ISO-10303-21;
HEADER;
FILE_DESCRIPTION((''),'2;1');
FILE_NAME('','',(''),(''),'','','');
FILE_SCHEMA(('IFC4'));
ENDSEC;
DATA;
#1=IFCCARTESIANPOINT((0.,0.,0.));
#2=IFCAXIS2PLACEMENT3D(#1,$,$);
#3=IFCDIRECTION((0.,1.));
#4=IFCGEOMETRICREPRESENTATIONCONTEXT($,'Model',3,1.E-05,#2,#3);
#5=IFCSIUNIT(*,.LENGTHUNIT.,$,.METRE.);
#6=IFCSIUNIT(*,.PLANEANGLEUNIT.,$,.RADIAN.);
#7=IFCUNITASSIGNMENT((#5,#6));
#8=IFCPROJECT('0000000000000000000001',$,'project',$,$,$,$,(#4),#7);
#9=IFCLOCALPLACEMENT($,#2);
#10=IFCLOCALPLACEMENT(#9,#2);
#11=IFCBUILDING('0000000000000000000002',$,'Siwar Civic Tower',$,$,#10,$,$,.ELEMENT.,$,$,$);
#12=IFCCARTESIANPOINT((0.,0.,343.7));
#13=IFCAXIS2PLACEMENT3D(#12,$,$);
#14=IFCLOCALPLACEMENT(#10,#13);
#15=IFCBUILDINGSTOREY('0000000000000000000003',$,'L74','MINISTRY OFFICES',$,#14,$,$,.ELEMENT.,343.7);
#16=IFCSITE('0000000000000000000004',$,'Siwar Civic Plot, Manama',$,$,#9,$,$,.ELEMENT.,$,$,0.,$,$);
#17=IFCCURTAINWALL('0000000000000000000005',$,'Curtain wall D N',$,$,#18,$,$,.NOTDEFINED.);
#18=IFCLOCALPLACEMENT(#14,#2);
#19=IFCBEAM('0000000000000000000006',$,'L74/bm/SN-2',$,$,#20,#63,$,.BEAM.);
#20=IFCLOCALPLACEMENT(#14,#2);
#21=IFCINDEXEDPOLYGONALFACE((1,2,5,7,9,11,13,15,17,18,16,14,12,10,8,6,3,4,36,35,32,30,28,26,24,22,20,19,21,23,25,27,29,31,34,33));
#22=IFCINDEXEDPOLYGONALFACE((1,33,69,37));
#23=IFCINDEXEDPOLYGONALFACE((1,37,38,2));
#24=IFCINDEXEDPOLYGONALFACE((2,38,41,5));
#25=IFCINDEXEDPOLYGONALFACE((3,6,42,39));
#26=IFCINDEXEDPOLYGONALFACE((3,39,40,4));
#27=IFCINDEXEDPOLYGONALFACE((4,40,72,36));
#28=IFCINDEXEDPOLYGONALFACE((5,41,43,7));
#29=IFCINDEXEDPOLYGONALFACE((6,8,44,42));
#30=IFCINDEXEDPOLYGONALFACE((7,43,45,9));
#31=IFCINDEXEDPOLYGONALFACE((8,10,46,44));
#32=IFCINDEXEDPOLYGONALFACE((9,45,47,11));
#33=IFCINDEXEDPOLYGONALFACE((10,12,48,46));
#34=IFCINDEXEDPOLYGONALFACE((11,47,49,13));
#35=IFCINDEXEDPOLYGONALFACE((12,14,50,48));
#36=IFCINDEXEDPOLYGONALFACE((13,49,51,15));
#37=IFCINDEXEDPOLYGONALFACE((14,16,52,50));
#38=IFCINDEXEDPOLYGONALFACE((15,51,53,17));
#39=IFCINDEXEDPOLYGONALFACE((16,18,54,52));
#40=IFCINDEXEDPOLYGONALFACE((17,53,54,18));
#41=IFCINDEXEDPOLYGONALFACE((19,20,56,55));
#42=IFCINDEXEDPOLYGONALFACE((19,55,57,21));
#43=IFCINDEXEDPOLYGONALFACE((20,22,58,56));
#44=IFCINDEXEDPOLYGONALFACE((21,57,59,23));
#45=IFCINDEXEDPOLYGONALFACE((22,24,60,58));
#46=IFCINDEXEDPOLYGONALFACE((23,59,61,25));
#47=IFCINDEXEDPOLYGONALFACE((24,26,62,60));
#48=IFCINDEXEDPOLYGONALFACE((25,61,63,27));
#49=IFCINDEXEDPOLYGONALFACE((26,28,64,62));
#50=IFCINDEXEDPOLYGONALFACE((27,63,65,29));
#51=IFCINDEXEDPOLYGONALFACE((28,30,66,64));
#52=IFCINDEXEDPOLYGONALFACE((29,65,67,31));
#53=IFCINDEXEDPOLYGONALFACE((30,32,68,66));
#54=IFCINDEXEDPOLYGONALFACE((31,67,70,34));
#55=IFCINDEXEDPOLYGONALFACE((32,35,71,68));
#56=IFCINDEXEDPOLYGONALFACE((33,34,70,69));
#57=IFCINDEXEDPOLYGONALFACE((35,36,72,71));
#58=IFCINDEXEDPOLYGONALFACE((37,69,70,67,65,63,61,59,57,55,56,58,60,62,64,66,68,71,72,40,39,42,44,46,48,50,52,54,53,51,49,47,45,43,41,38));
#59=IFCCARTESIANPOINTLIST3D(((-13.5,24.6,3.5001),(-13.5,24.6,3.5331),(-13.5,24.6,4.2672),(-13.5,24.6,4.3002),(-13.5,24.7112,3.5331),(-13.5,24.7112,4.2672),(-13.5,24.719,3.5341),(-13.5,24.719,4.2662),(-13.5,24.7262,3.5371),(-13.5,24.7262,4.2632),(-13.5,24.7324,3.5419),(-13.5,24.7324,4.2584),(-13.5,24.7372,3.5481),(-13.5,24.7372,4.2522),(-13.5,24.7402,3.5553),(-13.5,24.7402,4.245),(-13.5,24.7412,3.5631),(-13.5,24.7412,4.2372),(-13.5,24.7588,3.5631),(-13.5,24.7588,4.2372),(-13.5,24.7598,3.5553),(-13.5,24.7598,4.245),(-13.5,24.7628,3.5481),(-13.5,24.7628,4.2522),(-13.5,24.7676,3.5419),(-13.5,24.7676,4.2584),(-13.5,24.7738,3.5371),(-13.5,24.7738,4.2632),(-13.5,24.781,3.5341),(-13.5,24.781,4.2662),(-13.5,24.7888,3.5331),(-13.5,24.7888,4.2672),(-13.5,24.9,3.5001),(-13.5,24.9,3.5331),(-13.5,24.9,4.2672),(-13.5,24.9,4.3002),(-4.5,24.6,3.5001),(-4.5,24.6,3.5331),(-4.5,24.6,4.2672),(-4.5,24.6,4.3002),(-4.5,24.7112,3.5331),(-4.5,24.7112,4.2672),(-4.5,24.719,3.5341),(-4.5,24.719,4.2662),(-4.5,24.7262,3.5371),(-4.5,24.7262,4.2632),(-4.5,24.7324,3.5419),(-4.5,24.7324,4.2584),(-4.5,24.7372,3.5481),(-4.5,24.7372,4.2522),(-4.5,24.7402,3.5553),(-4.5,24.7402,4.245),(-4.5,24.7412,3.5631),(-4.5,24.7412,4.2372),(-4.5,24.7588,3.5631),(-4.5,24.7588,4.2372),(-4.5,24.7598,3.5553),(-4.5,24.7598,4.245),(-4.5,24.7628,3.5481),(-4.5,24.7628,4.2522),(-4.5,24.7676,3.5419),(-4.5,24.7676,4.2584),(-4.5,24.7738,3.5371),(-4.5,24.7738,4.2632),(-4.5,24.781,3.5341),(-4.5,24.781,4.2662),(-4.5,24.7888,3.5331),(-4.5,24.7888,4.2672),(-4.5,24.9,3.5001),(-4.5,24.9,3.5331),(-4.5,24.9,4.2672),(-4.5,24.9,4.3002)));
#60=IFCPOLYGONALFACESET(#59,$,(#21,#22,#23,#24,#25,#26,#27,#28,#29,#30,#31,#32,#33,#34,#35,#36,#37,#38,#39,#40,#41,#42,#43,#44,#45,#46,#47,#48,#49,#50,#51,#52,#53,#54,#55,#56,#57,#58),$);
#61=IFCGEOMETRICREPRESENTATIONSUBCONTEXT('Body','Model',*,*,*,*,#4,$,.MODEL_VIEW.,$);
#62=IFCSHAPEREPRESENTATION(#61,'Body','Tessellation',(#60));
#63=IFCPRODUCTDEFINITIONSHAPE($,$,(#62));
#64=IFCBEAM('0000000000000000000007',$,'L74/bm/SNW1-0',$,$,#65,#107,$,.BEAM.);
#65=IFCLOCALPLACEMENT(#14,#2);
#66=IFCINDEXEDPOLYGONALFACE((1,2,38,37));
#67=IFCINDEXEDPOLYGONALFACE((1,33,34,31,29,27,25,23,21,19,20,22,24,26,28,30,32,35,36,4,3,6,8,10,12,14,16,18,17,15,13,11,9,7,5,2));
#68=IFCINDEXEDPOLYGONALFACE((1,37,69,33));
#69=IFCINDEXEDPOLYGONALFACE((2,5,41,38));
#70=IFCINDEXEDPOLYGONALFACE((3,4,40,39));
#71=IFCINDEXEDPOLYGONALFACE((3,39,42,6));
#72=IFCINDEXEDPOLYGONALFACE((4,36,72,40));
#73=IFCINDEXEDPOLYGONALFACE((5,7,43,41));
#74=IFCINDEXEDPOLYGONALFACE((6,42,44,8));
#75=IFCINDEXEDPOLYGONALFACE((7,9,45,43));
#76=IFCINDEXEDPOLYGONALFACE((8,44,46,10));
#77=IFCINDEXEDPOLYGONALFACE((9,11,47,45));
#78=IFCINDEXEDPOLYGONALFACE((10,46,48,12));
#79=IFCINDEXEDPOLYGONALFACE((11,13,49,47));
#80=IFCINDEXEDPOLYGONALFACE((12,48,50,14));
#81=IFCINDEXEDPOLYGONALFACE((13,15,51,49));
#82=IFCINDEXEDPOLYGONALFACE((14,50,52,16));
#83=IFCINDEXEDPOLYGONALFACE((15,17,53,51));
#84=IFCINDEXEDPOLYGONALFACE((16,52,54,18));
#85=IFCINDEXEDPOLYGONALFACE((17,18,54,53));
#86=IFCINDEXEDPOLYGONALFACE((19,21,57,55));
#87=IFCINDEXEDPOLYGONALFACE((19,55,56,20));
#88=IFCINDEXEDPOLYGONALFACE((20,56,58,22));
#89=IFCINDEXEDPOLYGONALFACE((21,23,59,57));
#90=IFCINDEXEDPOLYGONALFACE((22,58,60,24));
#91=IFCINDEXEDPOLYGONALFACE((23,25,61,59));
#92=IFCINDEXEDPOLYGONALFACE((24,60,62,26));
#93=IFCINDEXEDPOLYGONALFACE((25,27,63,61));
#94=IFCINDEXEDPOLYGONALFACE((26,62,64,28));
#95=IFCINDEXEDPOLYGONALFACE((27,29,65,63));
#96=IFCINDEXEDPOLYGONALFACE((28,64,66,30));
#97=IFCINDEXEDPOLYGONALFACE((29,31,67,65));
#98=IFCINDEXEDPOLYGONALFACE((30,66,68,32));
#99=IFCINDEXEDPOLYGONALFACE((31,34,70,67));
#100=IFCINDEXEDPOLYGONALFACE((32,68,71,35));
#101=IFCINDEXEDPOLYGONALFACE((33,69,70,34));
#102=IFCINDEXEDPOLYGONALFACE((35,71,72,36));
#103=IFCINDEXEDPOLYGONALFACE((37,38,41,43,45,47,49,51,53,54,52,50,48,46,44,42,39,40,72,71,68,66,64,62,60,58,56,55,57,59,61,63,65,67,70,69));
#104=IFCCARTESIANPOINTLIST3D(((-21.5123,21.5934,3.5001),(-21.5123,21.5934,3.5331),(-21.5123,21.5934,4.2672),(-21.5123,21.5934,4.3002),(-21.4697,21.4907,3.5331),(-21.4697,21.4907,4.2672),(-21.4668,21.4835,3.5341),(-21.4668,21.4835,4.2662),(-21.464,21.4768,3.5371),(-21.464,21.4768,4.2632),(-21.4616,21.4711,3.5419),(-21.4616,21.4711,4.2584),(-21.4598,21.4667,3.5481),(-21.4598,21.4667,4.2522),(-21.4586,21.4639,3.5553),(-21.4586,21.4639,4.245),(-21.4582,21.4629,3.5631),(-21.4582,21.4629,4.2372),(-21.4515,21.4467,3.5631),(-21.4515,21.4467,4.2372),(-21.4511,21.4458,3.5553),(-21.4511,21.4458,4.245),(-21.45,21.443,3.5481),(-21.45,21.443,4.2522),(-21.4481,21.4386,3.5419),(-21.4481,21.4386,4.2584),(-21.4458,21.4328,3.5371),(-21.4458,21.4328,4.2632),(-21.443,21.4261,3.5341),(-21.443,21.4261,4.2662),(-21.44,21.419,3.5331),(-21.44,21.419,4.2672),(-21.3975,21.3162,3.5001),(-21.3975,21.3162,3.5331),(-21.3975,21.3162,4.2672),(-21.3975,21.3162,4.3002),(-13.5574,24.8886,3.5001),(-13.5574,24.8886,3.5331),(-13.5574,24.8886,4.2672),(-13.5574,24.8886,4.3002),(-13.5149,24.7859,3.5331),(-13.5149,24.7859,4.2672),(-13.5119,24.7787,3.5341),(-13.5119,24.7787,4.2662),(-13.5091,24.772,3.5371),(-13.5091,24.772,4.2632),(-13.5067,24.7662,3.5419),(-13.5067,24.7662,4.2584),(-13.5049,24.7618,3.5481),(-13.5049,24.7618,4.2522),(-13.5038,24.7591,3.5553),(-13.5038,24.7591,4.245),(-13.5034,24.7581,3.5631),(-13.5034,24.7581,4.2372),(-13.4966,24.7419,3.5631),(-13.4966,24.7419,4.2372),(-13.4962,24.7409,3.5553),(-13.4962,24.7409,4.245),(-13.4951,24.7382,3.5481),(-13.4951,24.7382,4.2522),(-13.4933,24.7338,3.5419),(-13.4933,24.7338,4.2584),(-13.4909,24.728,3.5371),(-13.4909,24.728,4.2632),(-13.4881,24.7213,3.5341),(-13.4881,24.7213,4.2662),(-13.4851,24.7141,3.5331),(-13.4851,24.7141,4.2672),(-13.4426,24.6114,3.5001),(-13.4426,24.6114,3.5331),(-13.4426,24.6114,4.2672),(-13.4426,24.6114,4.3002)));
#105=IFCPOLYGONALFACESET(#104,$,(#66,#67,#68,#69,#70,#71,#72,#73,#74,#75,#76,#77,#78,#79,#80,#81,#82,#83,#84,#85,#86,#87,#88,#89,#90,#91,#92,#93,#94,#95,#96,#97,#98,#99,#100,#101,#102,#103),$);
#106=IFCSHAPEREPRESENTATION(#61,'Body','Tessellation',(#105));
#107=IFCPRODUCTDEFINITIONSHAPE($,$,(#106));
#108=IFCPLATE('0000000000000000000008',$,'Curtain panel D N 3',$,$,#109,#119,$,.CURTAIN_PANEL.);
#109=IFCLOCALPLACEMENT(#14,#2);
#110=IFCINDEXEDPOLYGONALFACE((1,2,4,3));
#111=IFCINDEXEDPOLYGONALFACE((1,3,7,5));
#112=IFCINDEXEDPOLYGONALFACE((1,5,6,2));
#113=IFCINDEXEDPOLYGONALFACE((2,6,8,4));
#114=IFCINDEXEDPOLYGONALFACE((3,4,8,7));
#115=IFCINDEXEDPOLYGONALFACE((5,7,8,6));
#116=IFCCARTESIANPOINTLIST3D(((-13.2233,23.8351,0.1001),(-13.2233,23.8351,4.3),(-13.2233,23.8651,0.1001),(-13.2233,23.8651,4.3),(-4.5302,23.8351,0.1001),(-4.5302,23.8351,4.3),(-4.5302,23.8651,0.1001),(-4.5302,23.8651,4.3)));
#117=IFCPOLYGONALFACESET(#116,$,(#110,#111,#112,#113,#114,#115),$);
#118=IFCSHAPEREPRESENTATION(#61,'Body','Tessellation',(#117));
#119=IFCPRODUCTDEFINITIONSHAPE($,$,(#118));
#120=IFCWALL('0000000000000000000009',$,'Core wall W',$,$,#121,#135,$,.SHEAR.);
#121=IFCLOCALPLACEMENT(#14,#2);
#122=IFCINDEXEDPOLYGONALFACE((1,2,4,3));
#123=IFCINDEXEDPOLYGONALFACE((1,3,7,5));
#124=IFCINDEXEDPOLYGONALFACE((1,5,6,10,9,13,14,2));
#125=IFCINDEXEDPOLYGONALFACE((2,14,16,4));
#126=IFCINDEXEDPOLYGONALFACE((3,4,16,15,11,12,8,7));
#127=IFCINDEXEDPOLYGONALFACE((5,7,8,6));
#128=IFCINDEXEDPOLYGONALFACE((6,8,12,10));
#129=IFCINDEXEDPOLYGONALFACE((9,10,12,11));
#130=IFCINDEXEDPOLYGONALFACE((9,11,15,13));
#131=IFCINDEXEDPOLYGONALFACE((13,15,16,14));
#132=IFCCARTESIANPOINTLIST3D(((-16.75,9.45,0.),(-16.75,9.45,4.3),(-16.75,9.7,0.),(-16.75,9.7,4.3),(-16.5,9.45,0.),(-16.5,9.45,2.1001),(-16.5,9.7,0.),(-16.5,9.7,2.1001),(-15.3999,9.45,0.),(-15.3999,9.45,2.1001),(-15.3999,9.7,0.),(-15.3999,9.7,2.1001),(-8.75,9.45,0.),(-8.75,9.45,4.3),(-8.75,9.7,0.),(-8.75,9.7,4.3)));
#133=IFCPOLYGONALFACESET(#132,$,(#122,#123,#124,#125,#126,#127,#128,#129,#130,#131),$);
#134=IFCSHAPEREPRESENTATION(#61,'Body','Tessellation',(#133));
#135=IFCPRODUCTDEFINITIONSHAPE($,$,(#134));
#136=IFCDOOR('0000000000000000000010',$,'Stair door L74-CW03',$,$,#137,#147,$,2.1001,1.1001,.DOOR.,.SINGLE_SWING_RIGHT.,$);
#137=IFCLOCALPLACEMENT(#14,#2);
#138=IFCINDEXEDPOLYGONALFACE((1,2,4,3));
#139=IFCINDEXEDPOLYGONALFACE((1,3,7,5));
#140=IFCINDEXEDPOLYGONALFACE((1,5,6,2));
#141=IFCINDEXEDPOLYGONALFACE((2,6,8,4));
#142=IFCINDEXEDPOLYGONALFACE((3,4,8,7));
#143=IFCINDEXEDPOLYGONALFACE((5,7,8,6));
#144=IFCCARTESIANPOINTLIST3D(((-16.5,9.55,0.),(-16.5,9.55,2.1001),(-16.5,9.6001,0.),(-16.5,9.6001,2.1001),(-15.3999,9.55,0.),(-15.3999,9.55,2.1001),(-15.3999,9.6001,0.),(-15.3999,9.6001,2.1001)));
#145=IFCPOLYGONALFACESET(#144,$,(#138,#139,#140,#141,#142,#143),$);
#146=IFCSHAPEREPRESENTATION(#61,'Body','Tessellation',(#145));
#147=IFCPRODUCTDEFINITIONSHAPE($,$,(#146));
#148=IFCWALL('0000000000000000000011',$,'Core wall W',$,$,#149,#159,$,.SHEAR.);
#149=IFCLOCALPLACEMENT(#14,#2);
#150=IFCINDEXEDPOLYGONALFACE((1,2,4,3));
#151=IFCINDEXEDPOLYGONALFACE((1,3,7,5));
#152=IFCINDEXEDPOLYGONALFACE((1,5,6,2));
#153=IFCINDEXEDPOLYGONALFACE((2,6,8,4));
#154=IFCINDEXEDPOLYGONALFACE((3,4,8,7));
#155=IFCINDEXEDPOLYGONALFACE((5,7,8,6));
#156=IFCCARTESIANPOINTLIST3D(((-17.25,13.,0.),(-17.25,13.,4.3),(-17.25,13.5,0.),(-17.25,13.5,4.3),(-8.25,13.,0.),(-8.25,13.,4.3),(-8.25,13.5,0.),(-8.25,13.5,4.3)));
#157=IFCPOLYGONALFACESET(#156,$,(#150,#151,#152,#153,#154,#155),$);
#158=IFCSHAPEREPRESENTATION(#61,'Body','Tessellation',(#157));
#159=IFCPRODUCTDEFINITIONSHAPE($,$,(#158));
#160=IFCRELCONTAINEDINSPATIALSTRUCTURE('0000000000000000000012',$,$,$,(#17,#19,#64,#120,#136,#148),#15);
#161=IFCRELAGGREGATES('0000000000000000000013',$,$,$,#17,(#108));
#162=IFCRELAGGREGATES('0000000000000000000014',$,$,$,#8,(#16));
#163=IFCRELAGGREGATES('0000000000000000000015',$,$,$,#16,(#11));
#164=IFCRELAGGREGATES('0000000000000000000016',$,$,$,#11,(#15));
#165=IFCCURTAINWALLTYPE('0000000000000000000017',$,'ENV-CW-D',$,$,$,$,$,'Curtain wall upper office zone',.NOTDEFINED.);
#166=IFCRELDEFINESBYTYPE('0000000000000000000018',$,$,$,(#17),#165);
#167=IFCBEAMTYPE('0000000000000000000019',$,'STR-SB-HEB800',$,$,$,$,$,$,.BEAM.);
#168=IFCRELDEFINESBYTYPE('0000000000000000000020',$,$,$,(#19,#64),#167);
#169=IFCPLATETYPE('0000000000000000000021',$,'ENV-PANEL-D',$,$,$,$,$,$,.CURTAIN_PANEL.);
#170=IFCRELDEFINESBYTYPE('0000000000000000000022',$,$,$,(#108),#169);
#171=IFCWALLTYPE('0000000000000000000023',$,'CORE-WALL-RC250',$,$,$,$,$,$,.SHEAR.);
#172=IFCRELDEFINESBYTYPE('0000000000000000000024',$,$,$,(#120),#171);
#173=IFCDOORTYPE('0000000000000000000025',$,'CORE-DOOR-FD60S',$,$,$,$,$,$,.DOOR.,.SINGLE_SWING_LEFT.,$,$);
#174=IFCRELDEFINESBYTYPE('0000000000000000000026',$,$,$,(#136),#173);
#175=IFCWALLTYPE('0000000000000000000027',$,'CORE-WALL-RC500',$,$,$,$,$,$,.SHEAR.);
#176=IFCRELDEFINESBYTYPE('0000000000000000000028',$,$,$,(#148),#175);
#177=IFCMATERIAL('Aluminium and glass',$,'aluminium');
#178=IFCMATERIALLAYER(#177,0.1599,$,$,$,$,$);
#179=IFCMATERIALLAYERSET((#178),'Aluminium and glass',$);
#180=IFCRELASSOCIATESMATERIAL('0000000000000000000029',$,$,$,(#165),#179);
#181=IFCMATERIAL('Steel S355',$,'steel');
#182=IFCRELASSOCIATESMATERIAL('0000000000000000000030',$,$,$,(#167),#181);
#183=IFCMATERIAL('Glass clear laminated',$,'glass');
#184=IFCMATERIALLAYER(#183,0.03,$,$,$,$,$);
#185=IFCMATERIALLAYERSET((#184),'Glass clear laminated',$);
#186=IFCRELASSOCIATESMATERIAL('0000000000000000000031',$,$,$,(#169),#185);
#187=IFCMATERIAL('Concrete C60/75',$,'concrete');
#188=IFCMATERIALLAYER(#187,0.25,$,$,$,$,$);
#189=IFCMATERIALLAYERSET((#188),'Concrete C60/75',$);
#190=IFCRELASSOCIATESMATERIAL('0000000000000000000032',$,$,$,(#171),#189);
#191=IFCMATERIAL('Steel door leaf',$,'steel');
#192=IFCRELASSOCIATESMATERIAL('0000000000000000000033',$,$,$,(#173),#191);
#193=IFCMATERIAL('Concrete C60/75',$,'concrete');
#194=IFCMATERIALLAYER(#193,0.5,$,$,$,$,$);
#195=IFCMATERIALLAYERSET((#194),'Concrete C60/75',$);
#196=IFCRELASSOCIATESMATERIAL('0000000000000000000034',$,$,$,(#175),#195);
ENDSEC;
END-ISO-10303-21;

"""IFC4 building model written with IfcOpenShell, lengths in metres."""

from ifc_helpers import new_model, si_unit, direction, frame, frame_2d, origin, origin_2d, place, context, subcontext, project, spatial, rectangle, i_section, extrude, material, layer, layer_set, material_profile, profile_set, type_object, element, fill, aggregate, save


model = new_model("IFC4")

# Units and contexts
model_context = context("Model", 3, precision=1e-05, world=origin(), true_north=direction((0.0, 1.0)))
body_context = subcontext(model_context, "Body", "Model", "MODEL_VIEW")
ifc_project = project(units=[si_unit("LENGTHUNIT", "METRE"), si_unit("PLANEANGLEUNIT", "RADIAN")], contexts=[model_context])

# Site, building, storey
site_placement = place(None, origin())
site = spatial("IfcSite", under=ifc_project, at=site_placement, Name="Siwar Civic Plot, Manama", CompositionType="ELEMENT", RefElevation=0.0)
building_placement = place(site_placement, origin())
building = spatial("IfcBuilding", under=site, at=building_placement, Name="Siwar Civic Tower", CompositionType="ELEMENT")
storey_placement = place(building_placement, frame((0.0, 0.0, 343.7)))
storey = spatial("IfcBuildingStorey", under=building, at=storey_placement, Name="L74", Description="MINISTRY OFFICES", CompositionType="ELEMENT", Elevation=343.7)

# Curtain wall
ifc_material_1 = material(Name="Aluminium and glass", Category="aluminium")
ifc_layer_1 = layer(ifc_material_1, 0.1599)
ifc_layer_set_1 = layer_set([ifc_layer_1], Name="Aluminium and glass")
curtain_wall_type_1 = type_object("IfcCurtainWallType", Name="ENV-CW-D", ElementType="Curtain wall upper office zone", PredefinedType="NOTDEFINED", material=ifc_layer_set_1)
curtain_wall_1_placement = place(storey_placement, origin())
curtain_wall_1 = element("IfcCurtainWall", 1, at=curtain_wall_1_placement, inside=storey, type_object=curtain_wall_type_1, Name="Curtain wall D N", PredefinedType="NOTDEFINED")

# Beams
ifc_material_2 = material(Name="Steel S355", Category="steel")
ifc_material_profile_1 = material_profile(ifc_material_2, i_section(OverallWidth=0.3, OverallDepth=0.8, WebThickness=0.0176, FlangeThickness=0.033, FilletRadius=0.03, at=origin_2d()), Name="HEB800")
ifc_profile_set_1 = profile_set([ifc_material_profile_1], Name="Steel S355")
beam_type_1 = type_object("IfcBeamType", Name="STR-SB-HEB800", PredefinedType="BEAM", material=ifc_profile_set_1)
beam_1_placement = place(storey_placement, frame((-4.5, 24.75, 3.9001), z_axis=(-1.0, 0.0, 0.0), x_axis=(0.0, -1.0, 0.0)))
element("IfcBeam", 2, at=beam_1_placement, inside=storey, type_object=beam_type_1, Name="L74/bm/SN-2", PredefinedType="BEAM", context=body_context, shape_type="SweptSolid", body=[
    extrude(i_section(OverallWidth=0.3, OverallDepth=0.8, WebThickness=0.0176, FlangeThickness=0.033, FilletRadius=0.03, at=origin_2d()), origin(), (0.0, 0.0, 1.0), 9.0),
])
beam_2_placement = place(storey_placement, frame((-13.5, 24.75, 3.9001), z_axis=(-0.923873, -0.3827, 0.0), x_axis=(0.3827, -0.923873, 0.0)))
element("IfcBeam", 3, at=beam_2_placement, inside=storey, type_object=beam_type_1, Name="L74/bm/SNW1-0", PredefinedType="BEAM", context=body_context, shape_type="SweptSolid", body=[
    extrude(i_section(OverallWidth=0.3, OverallDepth=0.8, WebThickness=0.0176, FlangeThickness=0.033, FilletRadius=0.03, at=origin_2d()), origin(), (0.0, 0.0, 1.0), 8.6104),
])

# Plate
ifc_material_3 = material(Name="Glass clear laminated", Category="glass")
ifc_layer_2 = layer(ifc_material_3, 0.03)
ifc_layer_set_2 = layer_set([ifc_layer_2], Name="Glass clear laminated")
plate_type = type_object("IfcPlateType", Name="ENV-PANEL-D", PredefinedType="CURTAIN_PANEL", material=ifc_layer_set_2)
plate_placement = place(storey_placement, frame((-8.8767, 23.8501, 0.1001), z_axis=(0.0, 0.0, 1.0), x_axis=(-1.0, 0.0, 0.0)))
plate = element("IfcPlate", 4, at=plate_placement, type_object=plate_type, Name="Curtain panel D N 3", PredefinedType="CURTAIN_PANEL", context=body_context, shape_type="SweptSolid", body=[
    extrude(rectangle(XDim=8.6931, YDim=0.03, at=origin_2d()), origin(), (0.0, 0.0, 1.0), 4.2),
])
aggregate(curtain_wall_1, [plate])

# Wall, opening, door
ifc_material_4 = material(Name="Concrete C60/75", Category="concrete")
ifc_layer_3 = layer(ifc_material_4, 0.25)
ifc_layer_set_3 = layer_set([ifc_layer_3], Name="Concrete C60/75")
wall_type_1 = type_object("IfcWallType", Name="CORE-WALL-RC250", PredefinedType="SHEAR", material=ifc_layer_set_3)
wall_1_placement = place(storey_placement, frame((-8.75, 9.575, 0.0), z_axis=(0.0, 0.0, 1.0), x_axis=(-1.0, 0.0, 0.0)))
wall_1 = element("IfcWall", 5, at=wall_1_placement, inside=storey, type_object=wall_type_1, Name="Core wall W", PredefinedType="SHEAR", context=body_context, shape_type="SweptSolid", body=[
    extrude(rectangle(XDim=8.0, YDim=0.25, at=frame_2d((4.0, 0.0))), origin(), (0.0, 0.0, 1.0), 4.3),
])
opening_1_placement = place(wall_1_placement, frame((6.6499, 0.0, 0.0)))
opening_1 = element("IfcOpeningElement", 6, at=opening_1_placement, cuts=wall_1, PredefinedType="OPENING", context=body_context, shape_type="SweptSolid", body=[
    extrude(rectangle(XDim=1.1001, YDim=2.1001, at=frame_2d((0.55, 1.05))), frame((0.0, 0.135, 0.0), z_axis=(0.0, -1.0, 0.0), x_axis=(1.0, 0.0, 0.0)), (0.0, 0.0, 1.0), 0.27),
])
ifc_material_5 = material(Name="Steel door leaf", Category="steel")
door_type_1 = type_object("IfcDoorType", Name="CORE-DOOR-FD60S", OperationType="SINGLE_SWING_LEFT", PredefinedType="DOOR", material=ifc_material_5)
door_1_placement = place(opening_1_placement, origin())
door_1 = element("IfcDoor", 7, at=door_1_placement, inside=storey, type_object=door_type_1, Name="Stair door L74-CW03", OperationType="SINGLE_SWING_RIGHT", OverallHeight=2.1001, OverallWidth=1.1001, PredefinedType="DOOR", context=body_context, shape_type="SweptSolid", body=[
    extrude(rectangle(XDim=1.1001, YDim=2.1001, at=frame_2d((0.55, 1.05))), frame((0.0, 0.0249, 0.0), z_axis=(0.0, -1.0, 0.0), x_axis=(1.0, 0.0, 0.0)), (0.0, 0.0, 1.0), 0.05),
])
fill(opening_1, door_1)

# Wall
ifc_material_6 = material(Name="Concrete C60/75", Category="concrete")
ifc_layer_4 = layer(ifc_material_6, 0.5)
ifc_layer_set_4 = layer_set([ifc_layer_4], Name="Concrete C60/75")
wall_type_2 = type_object("IfcWallType", Name="CORE-WALL-RC500", PredefinedType="SHEAR", material=ifc_layer_set_4)
wall_2_placement = place(storey_placement, frame((-8.25, 13.25, 0.0), z_axis=(0.0, 0.0, 1.0), x_axis=(-1.0, 0.0, 0.0)))
element("IfcWall", 8, at=wall_2_placement, inside=storey, type_object=wall_type_2, Name="Core wall W", PredefinedType="SHEAR", context=body_context, shape_type="SweptSolid", body=[
    extrude(rectangle(XDim=9.0, YDim=0.5, at=frame_2d((4.5, 0.0))), origin(), (0.0, 0.0, 1.0), 4.3),
])

save(model, "model.ifc")
